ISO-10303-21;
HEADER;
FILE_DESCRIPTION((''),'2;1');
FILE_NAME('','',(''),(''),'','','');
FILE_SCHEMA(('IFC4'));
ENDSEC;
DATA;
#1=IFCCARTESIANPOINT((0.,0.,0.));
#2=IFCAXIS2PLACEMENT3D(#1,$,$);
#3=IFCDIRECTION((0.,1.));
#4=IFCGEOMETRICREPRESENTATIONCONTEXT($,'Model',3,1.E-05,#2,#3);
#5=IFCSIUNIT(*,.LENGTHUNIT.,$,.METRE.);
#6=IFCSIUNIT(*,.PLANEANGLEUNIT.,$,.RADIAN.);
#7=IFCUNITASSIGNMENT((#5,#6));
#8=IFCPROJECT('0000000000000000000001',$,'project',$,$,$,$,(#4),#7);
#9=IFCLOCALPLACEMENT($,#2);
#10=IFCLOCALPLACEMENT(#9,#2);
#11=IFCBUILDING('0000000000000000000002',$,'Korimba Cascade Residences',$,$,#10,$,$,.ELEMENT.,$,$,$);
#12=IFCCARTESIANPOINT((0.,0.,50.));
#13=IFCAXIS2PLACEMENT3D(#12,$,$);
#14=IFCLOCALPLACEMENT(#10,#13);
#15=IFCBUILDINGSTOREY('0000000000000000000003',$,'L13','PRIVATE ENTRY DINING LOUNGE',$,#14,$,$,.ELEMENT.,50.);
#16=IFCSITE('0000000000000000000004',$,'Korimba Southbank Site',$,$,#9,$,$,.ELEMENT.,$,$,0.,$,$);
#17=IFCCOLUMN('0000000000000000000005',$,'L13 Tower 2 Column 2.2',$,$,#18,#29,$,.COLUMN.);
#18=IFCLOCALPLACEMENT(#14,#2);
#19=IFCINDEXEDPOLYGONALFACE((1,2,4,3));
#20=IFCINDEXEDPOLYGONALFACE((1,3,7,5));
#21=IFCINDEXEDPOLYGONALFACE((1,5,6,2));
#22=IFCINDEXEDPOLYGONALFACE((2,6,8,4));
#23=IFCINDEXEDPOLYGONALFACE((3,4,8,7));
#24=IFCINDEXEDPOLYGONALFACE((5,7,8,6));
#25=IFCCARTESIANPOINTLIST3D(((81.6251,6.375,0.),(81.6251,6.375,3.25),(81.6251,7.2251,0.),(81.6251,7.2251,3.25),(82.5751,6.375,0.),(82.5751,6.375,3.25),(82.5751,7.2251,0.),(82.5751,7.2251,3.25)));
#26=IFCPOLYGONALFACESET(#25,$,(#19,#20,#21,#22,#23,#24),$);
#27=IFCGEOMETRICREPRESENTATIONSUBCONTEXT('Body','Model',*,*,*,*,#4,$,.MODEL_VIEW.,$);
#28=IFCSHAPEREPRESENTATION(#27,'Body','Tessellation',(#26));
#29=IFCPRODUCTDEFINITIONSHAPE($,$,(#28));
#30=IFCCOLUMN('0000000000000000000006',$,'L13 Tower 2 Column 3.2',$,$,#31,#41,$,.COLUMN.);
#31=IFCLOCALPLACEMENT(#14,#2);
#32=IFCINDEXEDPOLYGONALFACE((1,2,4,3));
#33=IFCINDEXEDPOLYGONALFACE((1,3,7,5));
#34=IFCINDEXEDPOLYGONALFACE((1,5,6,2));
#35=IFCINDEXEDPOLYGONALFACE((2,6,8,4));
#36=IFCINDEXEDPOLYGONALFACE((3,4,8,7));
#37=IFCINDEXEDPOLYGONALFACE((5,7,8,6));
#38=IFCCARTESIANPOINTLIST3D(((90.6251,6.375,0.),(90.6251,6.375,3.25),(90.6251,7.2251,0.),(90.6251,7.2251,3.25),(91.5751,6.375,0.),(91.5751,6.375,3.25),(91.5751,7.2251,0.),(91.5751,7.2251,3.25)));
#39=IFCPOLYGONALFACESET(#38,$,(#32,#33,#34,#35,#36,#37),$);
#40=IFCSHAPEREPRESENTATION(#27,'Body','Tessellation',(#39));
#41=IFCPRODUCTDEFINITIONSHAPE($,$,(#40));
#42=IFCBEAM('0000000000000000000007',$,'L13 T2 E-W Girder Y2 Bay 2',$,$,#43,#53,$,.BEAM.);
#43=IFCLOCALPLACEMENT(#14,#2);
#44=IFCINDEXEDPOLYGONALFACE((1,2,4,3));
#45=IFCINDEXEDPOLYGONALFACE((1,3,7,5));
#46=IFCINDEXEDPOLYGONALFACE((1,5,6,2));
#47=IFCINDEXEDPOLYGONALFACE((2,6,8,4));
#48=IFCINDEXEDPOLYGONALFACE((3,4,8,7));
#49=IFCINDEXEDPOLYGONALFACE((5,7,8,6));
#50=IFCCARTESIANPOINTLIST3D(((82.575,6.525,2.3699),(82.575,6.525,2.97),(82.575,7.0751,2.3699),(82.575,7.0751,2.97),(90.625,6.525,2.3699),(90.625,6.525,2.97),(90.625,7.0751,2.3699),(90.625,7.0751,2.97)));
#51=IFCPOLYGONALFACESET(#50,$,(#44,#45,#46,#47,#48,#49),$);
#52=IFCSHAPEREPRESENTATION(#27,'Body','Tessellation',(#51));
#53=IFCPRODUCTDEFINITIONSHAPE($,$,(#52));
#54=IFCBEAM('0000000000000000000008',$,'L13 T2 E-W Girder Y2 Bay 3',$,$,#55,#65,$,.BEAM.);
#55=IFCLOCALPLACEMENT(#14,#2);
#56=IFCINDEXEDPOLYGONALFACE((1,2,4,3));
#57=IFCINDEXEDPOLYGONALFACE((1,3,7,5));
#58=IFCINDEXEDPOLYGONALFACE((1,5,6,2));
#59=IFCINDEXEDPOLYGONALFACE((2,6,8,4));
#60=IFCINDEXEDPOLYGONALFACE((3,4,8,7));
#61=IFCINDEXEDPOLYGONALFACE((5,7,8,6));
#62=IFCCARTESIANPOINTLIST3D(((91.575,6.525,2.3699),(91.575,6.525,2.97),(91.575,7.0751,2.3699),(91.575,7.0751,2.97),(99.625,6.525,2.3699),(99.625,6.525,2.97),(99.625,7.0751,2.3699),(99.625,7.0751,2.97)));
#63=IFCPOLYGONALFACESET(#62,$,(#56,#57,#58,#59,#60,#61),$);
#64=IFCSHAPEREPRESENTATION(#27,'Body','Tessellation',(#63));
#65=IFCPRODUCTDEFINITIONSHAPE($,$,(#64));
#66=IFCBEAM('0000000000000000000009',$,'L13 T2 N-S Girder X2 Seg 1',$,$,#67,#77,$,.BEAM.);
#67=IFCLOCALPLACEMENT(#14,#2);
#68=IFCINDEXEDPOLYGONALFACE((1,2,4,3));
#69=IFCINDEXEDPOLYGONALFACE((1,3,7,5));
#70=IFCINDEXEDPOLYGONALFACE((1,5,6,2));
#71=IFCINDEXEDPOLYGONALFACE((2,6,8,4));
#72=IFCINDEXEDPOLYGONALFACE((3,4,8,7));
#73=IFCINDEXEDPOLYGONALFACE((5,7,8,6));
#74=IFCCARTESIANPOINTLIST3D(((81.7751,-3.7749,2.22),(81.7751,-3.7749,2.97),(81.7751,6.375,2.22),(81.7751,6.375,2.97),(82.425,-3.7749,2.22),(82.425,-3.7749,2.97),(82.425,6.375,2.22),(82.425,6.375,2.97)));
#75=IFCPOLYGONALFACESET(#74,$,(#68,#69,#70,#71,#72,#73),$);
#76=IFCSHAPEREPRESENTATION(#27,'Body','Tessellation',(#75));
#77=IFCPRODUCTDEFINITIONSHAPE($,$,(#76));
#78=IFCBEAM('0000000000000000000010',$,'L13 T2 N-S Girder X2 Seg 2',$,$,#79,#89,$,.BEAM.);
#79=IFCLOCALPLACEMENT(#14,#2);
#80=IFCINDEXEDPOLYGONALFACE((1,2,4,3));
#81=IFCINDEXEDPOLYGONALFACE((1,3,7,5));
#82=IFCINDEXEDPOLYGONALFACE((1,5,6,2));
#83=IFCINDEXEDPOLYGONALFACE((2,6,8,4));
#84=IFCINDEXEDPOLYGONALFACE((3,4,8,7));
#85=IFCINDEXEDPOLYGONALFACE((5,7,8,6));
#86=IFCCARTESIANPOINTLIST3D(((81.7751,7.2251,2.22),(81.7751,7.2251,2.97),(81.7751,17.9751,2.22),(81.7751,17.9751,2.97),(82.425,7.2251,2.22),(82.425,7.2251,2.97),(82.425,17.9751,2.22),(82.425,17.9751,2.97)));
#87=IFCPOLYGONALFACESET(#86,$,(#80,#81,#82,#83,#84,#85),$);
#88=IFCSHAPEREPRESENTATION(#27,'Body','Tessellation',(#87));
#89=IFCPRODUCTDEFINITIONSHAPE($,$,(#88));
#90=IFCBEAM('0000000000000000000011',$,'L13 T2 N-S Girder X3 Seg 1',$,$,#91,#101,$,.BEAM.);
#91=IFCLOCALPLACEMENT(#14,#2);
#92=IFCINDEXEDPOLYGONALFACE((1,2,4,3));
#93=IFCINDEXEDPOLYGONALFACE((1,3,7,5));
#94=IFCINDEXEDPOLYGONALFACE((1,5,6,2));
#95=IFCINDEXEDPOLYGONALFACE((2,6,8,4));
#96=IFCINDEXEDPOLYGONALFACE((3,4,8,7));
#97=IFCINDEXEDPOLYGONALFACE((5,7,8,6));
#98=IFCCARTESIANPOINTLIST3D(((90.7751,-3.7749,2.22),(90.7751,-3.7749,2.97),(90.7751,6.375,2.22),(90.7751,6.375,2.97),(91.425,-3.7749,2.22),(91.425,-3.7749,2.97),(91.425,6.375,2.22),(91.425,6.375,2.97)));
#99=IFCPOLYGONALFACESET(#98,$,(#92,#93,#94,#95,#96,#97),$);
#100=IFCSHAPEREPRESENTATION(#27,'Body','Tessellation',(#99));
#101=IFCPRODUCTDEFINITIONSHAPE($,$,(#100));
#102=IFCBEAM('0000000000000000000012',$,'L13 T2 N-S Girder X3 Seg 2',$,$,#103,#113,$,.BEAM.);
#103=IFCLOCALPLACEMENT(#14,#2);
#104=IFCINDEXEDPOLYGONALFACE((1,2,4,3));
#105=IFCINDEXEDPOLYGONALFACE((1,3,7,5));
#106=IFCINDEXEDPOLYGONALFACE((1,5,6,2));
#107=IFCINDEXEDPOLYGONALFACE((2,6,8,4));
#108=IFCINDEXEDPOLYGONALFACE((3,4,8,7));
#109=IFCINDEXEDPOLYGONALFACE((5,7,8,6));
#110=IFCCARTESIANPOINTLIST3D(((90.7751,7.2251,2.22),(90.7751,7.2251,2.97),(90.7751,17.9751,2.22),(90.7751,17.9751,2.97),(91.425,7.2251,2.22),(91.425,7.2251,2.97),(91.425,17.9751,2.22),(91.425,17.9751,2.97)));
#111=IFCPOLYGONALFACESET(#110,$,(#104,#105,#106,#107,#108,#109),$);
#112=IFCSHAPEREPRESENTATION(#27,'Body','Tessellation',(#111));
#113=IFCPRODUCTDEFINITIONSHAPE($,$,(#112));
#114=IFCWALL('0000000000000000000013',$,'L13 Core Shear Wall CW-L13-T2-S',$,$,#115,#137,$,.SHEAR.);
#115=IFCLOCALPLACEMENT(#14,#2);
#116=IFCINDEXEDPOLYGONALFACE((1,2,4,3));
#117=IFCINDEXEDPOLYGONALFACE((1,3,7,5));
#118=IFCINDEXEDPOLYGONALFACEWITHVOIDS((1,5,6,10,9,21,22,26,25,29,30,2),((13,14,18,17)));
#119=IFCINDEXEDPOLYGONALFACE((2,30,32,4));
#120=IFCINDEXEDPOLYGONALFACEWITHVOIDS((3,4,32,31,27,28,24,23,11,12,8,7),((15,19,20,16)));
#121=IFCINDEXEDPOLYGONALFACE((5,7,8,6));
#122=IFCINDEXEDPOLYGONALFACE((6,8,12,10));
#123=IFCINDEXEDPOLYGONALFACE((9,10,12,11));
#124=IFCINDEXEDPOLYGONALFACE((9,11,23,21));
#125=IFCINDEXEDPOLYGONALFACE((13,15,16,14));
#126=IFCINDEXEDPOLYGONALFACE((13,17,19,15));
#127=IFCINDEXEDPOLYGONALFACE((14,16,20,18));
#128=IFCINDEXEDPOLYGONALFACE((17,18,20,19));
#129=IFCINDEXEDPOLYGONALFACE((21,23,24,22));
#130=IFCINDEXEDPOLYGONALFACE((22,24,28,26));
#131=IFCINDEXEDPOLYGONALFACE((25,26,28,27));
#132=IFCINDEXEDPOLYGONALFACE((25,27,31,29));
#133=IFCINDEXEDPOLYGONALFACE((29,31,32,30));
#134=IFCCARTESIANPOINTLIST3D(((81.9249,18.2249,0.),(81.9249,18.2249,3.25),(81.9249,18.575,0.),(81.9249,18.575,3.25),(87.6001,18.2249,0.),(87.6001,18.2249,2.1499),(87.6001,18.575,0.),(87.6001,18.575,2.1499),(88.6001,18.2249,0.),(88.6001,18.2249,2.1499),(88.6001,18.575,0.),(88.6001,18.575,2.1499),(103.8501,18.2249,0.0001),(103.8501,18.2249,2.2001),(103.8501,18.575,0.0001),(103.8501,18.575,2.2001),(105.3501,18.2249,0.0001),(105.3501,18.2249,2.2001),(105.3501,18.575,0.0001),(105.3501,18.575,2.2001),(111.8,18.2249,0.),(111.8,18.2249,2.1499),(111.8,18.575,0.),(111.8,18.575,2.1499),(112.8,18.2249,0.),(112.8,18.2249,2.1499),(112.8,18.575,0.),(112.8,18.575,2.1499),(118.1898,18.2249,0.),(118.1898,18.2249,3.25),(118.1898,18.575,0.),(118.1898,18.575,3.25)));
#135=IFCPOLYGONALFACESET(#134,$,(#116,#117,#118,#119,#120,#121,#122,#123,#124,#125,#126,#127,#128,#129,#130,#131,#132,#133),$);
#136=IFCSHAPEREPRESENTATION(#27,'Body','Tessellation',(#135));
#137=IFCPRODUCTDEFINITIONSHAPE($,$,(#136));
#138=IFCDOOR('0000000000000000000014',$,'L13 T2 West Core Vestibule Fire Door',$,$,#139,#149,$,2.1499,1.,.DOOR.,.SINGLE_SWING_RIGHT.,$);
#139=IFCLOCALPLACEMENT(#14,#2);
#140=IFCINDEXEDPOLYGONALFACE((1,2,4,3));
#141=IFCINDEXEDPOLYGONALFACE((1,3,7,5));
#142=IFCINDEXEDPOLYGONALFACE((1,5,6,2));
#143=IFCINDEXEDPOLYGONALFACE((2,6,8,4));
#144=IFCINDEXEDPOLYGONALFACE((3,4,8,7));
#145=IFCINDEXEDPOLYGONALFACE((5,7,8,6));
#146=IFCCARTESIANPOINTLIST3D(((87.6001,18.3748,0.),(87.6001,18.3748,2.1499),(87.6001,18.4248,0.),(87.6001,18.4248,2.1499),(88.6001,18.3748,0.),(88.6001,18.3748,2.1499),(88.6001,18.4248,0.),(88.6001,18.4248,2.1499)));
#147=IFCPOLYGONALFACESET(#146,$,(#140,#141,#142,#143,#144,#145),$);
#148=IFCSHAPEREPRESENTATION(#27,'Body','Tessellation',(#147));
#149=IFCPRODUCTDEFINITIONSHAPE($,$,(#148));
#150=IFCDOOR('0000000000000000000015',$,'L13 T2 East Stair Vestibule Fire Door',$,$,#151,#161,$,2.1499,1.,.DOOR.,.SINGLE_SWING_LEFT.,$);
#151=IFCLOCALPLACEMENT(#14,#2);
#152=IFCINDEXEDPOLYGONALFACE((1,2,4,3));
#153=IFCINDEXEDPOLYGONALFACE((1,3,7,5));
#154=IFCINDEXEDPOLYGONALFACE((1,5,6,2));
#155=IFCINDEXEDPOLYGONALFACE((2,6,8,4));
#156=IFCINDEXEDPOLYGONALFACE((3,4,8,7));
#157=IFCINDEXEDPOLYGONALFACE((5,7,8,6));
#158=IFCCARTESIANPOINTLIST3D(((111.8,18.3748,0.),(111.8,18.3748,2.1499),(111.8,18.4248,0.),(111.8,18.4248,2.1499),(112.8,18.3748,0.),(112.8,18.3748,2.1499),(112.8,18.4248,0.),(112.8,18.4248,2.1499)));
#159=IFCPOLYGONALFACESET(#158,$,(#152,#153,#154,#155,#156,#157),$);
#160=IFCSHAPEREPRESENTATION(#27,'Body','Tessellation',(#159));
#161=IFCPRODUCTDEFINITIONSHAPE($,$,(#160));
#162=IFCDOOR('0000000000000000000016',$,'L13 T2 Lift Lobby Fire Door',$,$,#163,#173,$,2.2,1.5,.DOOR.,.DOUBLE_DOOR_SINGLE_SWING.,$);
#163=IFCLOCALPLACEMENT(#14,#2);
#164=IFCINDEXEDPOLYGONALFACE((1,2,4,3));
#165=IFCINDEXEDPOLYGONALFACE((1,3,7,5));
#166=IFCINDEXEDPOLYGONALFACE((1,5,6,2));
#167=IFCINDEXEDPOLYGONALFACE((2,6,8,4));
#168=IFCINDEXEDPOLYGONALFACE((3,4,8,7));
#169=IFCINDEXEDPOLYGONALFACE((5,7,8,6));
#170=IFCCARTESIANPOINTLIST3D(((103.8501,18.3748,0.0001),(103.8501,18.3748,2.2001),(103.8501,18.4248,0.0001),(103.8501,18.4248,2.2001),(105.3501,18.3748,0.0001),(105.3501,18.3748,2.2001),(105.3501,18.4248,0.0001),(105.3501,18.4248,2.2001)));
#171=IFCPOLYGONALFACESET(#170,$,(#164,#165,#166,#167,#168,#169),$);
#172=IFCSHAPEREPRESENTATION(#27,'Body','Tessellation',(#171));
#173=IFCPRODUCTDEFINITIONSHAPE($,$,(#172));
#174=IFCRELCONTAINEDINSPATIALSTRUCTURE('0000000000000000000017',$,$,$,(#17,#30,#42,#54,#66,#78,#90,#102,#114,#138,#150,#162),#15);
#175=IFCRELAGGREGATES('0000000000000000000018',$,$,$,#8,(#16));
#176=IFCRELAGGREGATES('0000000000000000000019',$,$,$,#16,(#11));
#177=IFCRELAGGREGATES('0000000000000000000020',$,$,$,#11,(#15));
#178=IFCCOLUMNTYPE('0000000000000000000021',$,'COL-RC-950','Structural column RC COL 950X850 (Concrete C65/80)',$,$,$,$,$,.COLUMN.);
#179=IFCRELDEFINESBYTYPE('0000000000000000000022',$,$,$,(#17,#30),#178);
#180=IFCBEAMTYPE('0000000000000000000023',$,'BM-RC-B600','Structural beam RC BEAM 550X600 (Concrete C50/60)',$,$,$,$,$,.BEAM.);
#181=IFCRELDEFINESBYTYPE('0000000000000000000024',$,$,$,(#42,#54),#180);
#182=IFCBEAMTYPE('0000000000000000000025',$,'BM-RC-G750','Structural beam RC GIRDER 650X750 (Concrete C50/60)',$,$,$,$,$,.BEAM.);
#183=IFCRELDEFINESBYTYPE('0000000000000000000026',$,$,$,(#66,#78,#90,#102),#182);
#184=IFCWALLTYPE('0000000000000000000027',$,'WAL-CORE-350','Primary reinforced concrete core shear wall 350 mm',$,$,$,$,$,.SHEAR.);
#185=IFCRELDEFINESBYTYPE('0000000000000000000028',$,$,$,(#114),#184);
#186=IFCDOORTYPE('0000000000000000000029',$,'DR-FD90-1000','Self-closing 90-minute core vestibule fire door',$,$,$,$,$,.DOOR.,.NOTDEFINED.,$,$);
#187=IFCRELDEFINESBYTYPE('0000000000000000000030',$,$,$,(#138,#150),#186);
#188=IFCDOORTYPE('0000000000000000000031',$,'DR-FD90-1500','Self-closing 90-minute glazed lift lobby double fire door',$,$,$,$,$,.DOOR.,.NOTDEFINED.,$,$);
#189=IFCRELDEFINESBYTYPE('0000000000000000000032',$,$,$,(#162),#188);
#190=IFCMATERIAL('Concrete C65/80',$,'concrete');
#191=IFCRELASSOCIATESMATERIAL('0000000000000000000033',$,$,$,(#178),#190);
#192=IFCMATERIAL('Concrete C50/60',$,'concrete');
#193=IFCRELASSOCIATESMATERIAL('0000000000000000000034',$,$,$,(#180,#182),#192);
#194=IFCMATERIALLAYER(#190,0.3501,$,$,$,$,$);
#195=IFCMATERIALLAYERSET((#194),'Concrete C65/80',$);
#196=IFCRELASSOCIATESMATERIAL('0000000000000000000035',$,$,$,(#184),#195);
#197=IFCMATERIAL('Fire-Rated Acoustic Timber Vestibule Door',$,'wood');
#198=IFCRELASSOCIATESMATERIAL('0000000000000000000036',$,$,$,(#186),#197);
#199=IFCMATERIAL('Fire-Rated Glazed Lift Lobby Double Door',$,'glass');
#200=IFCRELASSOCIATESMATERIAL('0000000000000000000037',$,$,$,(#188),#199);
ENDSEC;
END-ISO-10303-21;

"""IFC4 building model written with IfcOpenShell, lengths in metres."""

from ifc_helpers import new_model, si_unit, direction, frame, frame_2d, origin, origin_2d, place, context, subcontext, project, spatial, rectangle, extrude, material, layer, layer_set, material_profile, profile_set, type_object, element, fill, save


model = new_model("IFC4")

# Units and contexts
model_context = context("Model", 3, precision=1e-05, world=origin(), true_north=direction((0.0, 1.0)))
body_context = subcontext(model_context, "Body", "Model", "MODEL_VIEW")
ifc_project = project(units=[si_unit("LENGTHUNIT", "METRE"), si_unit("PLANEANGLEUNIT", "RADIAN")], contexts=[model_context])

# Site, building, storey
site_placement = place(None, origin())
site = spatial("IfcSite", under=ifc_project, at=site_placement, Name="Korimba Southbank Site", CompositionType="ELEMENT", RefElevation=0.0)
building_placement = place(site_placement, origin())
building = spatial("IfcBuilding", under=site, at=building_placement, Name="Korimba Cascade Residences", CompositionType="ELEMENT")
storey_placement = place(building_placement, frame((0.0, 0.0, 50.0)))
storey = spatial("IfcBuildingStorey", under=building, at=storey_placement, Name="L13", Description="PRIVATE ENTRY DINING LOUNGE", CompositionType="ELEMENT", Elevation=50.0)

# Columns
ifc_material_1 = material(Name="Concrete C65/80", Category="concrete")
ifc_material_profile_1 = material_profile(ifc_material_1, rectangle(XDim=0.95, YDim=0.8501, at=origin_2d()), Name="Concrete C65/80")
ifc_profile_set_1 = profile_set([ifc_material_profile_1], Name="Concrete C65/80")
column_type = type_object("IfcColumnType", Name="COL-RC-950", Description="Structural column RC COL 950X850 (Concrete C65/80)", PredefinedType="COLUMN", material=ifc_profile_set_1)
for number, where, z_axis, x_axis, name in (
    (1, (82.1001, 6.8, 0.0), (0.0, 0.0, 1.0), (1.0, 0.0, 0.0), "L13 Tower 2 Column 2.2"),
    (2, (91.1001, 6.8, 0.0), (0.0, 0.0, 1.0), (1.0, 0.0, 0.0), "L13 Tower 2 Column 3.2"),
):
    element("IfcColumn", number, at=place(storey_placement, frame(where, z_axis=z_axis, x_axis=x_axis)), inside=storey, type_object=column_type, Name=name, PredefinedType="COLUMN", context=body_context, shape_type="SweptSolid", body=[
        extrude(rectangle(XDim=0.95, YDim=0.8501, at=origin_2d()), origin(), (0.0, 0.0, 1.0), 3.25),
    ])

# Beams
ifc_material_2 = material(Name="Concrete C50/60", Category="concrete")
ifc_material_profile_2 = material_profile(ifc_material_2, rectangle(XDim=0.55, YDim=0.6001, at=origin_2d()), Name="Concrete C50/60")
ifc_profile_set_2 = profile_set([ifc_material_profile_2], Name="Concrete C50/60")
beam_type_1 = type_object("IfcBeamType", Name="BM-RC-B600", Description="Structural beam RC BEAM 550X600 (Concrete C50/60)", PredefinedType="BEAM", material=ifc_profile_set_2)
for number, where, z_axis, x_axis, name in (
    (3, (82.575, 6.8, 2.6699), (1.0, 0.0, 0.0), (0.0, 1.0, 0.0), "L13 T2 E-W Girder Y2 Bay 2"),
    (4, (91.575, 6.8, 2.6699), (1.0, 0.0, 0.0), (0.0, 1.0, 0.0), "L13 T2 E-W Girder Y2 Bay 3"),
):
    element("IfcBeam", number, at=place(storey_placement, frame(where, z_axis=z_axis, x_axis=x_axis)), inside=storey, type_object=beam_type_1, Name=name, PredefinedType="BEAM", context=body_context, shape_type="SweptSolid", body=[
        extrude(rectangle(XDim=0.55, YDim=0.6001, at=origin_2d()), origin(), (0.0, 0.0, 1.0), 8.05),
    ])
ifc_material_profile_3 = material_profile(ifc_material_2, rectangle(XDim=0.6499, YDim=0.75, at=origin_2d()), Name="Concrete C50/60")
ifc_profile_set_3 = profile_set([ifc_material_profile_3], Name="Concrete C50/60")
beam_type_2 = type_object("IfcBeamType", Name="BM-RC-G750", Description="Structural beam RC GIRDER 650X750 (Concrete C50/60)", PredefinedType="BEAM", material=ifc_profile_set_3)
beam_1_placement = place(storey_placement, frame((82.1001, -3.7749, 2.595), z_axis=(0.0, 1.0, 0.0), x_axis=(-1.0, 0.0, 0.0)))
element("IfcBeam", 5, at=beam_1_placement, inside=storey, type_object=beam_type_2, Name="L13 T2 N-S Girder X2 Seg 1", PredefinedType="BEAM", context=body_context, shape_type="SweptSolid", body=[
    extrude(rectangle(XDim=0.6499, YDim=0.75, at=origin_2d()), origin(), (0.0, 0.0, 1.0), 10.1499),
])
beam_2_placement = place(storey_placement, frame((82.1001, 7.2251, 2.595), z_axis=(0.0, 1.0, 0.0), x_axis=(-1.0, 0.0, 0.0)))
element("IfcBeam", 6, at=beam_2_placement, inside=storey, type_object=beam_type_2, Name="L13 T2 N-S Girder X2 Seg 2", PredefinedType="BEAM", context=body_context, shape_type="SweptSolid", body=[
    extrude(rectangle(XDim=0.6499, YDim=0.75, at=origin_2d()), origin(), (0.0, 0.0, 1.0), 10.75),
])
beam_3_placement = place(storey_placement, frame((91.1001, -3.7749, 2.595), z_axis=(0.0, 1.0, 0.0), x_axis=(-1.0, 0.0, 0.0)))
element("IfcBeam", 7, at=beam_3_placement, inside=storey, type_object=beam_type_2, Name="L13 T2 N-S Girder X3 Seg 1", PredefinedType="BEAM", context=body_context, shape_type="SweptSolid", body=[
    extrude(rectangle(XDim=0.6499, YDim=0.75, at=origin_2d()), origin(), (0.0, 0.0, 1.0), 10.1499),
])
beam_4_placement = place(storey_placement, frame((91.1001, 7.2251, 2.595), z_axis=(0.0, 1.0, 0.0), x_axis=(-1.0, 0.0, 0.0)))
element("IfcBeam", 8, at=beam_4_placement, inside=storey, type_object=beam_type_2, Name="L13 T2 N-S Girder X3 Seg 2", PredefinedType="BEAM", context=body_context, shape_type="SweptSolid", body=[
    extrude(rectangle(XDim=0.6499, YDim=0.75, at=origin_2d()), origin(), (0.0, 0.0, 1.0), 10.75),
])

# Wall, openings, doors
ifc_layer_1 = layer(ifc_material_1, 0.3501)
ifc_layer_set_1 = layer_set([ifc_layer_1], Name="Concrete C65/80")
wall_type_1 = type_object("IfcWallType", Name="WAL-CORE-350", Description="Primary reinforced concrete core shear wall 350 mm", PredefinedType="SHEAR", material=ifc_layer_set_1)
wall_1_placement = place(storey_placement, frame((81.925, 18.3999, 0.0), z_axis=(0.0, 0.0, 1.0), x_axis=(1.0, 0.0, 0.0)))
wall_1 = element("IfcWall", 9, at=wall_1_placement, inside=storey, type_object=wall_type_1, Name="L13 Core Shear Wall CW-L13-T2-S", PredefinedType="SHEAR", context=body_context, shape_type="SweptSolid", body=[
    extrude(rectangle(XDim=36.2649, YDim=0.3501, at=frame_2d((18.1323, 0.0))), origin(), (0.0, 0.0, 1.0), 3.25),
])
opening_1_placement = place(wall_1_placement, frame((5.675, 0.0, 0.0)))
opening_1 = element("IfcOpeningElement", 10, at=opening_1_placement, cuts=wall_1, PredefinedType="OPENING", context=body_context, shape_type="SweptSolid", body=[
    extrude(rectangle(XDim=1.0, YDim=2.1499, at=frame_2d((0.5, 1.075))), frame((0.0, 0.1851, 0.0), z_axis=(0.0, -1.0, 0.0), x_axis=(1.0, 0.0, 0.0)), (0.0, 0.0, 1.0), 0.3701),
])
opening_2_placement = place(wall_1_placement, frame((21.925, 0.0, 0.0)))
opening_2 = element("IfcOpeningElement", 11, at=opening_2_placement, cuts=wall_1, PredefinedType="OPENING", context=body_context, shape_type="SweptSolid", body=[
    extrude(rectangle(XDim=1.5, YDim=2.2, at=frame_2d((0.75, 1.1001))), frame((0.0, 0.1851, 0.0), z_axis=(0.0, -1.0, 0.0), x_axis=(1.0, 0.0, 0.0)), (0.0, 0.0, 1.0), 0.3701),
])
opening_3_placement = place(wall_1_placement, frame((29.875, 0.0, 0.0)))
opening_3 = element("IfcOpeningElement", 12, at=opening_3_placement, cuts=wall_1, PredefinedType="OPENING", context=body_context, shape_type="SweptSolid", body=[
    extrude(rectangle(XDim=1.0, YDim=2.1499, at=frame_2d((0.5, 1.075))), frame((0.0, 0.1851, 0.0), z_axis=(0.0, -1.0, 0.0), x_axis=(1.0, 0.0, 0.0)), (0.0, 0.0, 1.0), 0.3701),
])
ifc_material_3 = material(Name="Fire-Rated Acoustic Timber Vestibule Door", Category="wood")
door_type_1 = type_object("IfcDoorType", Name="DR-FD90-1000", Description="Self-closing 90-minute core vestibule fire door", OperationType="NOTDEFINED", PredefinedType="DOOR", material=ifc_material_3)
door_1_placement = place(opening_1_placement, origin())
door_1 = element("IfcDoor", 13, at=door_1_placement, inside=storey, type_object=door_type_1, Name="L13 T2 West Core Vestibule Fire Door", OperationType="SINGLE_SWING_RIGHT", OverallHeight=2.1499, OverallWidth=1.0, PredefinedType="DOOR", context=body_context, shape_type="SweptSolid", body=[
    extrude(rectangle(XDim=1.0, YDim=2.1499, at=frame_2d((0.5, 1.075))), frame((0.0, 0.0249, 0.0), z_axis=(0.0, -1.0, 0.0), x_axis=(1.0, 0.0, 0.0)), (0.0, 0.0, 1.0), 0.05),
])
fill(opening_1, door_1)
door_2_placement = place(opening_3_placement, origin())
door_2 = element("IfcDoor", 14, at=door_2_placement, inside=storey, type_object=door_type_1, Name="L13 T2 East Stair Vestibule Fire Door", OperationType="SINGLE_SWING_LEFT", OverallHeight=2.1499, OverallWidth=1.0, PredefinedType="DOOR", context=body_context, shape_type="SweptSolid", body=[
    extrude(rectangle(XDim=1.0, YDim=2.1499, at=frame_2d((0.5, 1.075))), frame((0.0, 0.0249, 0.0), z_axis=(0.0, -1.0, 0.0), x_axis=(1.0, 0.0, 0.0)), (0.0, 0.0, 1.0), 0.05),
])
fill(opening_3, door_2)
ifc_material_4 = material(Name="Fire-Rated Glazed Lift Lobby Double Door", Category="glass")
door_type_2 = type_object("IfcDoorType", Name="DR-FD90-1500", Description="Self-closing 90-minute glazed lift lobby double fire door", OperationType="NOTDEFINED", PredefinedType="DOOR", material=ifc_material_4)
door_3_placement = place(opening_2_placement, origin())
door_3 = element("IfcDoor", 15, at=door_3_placement, inside=storey, type_object=door_type_2, Name="L13 T2 Lift Lobby Fire Door", OperationType="DOUBLE_DOOR_SINGLE_SWING", OverallHeight=2.2, OverallWidth=1.5, PredefinedType="DOOR", context=body_context, shape_type="SweptSolid", body=[
    extrude(rectangle(XDim=1.5, YDim=2.2, at=frame_2d((0.75, 1.1001))), frame((0.0, 0.0249, 0.0), z_axis=(0.0, -1.0, 0.0), x_axis=(1.0, 0.0, 0.0)), (0.0, 0.0, 1.0), 0.05),
])
fill(opening_2, door_3)

save(model, "model.ifc")
